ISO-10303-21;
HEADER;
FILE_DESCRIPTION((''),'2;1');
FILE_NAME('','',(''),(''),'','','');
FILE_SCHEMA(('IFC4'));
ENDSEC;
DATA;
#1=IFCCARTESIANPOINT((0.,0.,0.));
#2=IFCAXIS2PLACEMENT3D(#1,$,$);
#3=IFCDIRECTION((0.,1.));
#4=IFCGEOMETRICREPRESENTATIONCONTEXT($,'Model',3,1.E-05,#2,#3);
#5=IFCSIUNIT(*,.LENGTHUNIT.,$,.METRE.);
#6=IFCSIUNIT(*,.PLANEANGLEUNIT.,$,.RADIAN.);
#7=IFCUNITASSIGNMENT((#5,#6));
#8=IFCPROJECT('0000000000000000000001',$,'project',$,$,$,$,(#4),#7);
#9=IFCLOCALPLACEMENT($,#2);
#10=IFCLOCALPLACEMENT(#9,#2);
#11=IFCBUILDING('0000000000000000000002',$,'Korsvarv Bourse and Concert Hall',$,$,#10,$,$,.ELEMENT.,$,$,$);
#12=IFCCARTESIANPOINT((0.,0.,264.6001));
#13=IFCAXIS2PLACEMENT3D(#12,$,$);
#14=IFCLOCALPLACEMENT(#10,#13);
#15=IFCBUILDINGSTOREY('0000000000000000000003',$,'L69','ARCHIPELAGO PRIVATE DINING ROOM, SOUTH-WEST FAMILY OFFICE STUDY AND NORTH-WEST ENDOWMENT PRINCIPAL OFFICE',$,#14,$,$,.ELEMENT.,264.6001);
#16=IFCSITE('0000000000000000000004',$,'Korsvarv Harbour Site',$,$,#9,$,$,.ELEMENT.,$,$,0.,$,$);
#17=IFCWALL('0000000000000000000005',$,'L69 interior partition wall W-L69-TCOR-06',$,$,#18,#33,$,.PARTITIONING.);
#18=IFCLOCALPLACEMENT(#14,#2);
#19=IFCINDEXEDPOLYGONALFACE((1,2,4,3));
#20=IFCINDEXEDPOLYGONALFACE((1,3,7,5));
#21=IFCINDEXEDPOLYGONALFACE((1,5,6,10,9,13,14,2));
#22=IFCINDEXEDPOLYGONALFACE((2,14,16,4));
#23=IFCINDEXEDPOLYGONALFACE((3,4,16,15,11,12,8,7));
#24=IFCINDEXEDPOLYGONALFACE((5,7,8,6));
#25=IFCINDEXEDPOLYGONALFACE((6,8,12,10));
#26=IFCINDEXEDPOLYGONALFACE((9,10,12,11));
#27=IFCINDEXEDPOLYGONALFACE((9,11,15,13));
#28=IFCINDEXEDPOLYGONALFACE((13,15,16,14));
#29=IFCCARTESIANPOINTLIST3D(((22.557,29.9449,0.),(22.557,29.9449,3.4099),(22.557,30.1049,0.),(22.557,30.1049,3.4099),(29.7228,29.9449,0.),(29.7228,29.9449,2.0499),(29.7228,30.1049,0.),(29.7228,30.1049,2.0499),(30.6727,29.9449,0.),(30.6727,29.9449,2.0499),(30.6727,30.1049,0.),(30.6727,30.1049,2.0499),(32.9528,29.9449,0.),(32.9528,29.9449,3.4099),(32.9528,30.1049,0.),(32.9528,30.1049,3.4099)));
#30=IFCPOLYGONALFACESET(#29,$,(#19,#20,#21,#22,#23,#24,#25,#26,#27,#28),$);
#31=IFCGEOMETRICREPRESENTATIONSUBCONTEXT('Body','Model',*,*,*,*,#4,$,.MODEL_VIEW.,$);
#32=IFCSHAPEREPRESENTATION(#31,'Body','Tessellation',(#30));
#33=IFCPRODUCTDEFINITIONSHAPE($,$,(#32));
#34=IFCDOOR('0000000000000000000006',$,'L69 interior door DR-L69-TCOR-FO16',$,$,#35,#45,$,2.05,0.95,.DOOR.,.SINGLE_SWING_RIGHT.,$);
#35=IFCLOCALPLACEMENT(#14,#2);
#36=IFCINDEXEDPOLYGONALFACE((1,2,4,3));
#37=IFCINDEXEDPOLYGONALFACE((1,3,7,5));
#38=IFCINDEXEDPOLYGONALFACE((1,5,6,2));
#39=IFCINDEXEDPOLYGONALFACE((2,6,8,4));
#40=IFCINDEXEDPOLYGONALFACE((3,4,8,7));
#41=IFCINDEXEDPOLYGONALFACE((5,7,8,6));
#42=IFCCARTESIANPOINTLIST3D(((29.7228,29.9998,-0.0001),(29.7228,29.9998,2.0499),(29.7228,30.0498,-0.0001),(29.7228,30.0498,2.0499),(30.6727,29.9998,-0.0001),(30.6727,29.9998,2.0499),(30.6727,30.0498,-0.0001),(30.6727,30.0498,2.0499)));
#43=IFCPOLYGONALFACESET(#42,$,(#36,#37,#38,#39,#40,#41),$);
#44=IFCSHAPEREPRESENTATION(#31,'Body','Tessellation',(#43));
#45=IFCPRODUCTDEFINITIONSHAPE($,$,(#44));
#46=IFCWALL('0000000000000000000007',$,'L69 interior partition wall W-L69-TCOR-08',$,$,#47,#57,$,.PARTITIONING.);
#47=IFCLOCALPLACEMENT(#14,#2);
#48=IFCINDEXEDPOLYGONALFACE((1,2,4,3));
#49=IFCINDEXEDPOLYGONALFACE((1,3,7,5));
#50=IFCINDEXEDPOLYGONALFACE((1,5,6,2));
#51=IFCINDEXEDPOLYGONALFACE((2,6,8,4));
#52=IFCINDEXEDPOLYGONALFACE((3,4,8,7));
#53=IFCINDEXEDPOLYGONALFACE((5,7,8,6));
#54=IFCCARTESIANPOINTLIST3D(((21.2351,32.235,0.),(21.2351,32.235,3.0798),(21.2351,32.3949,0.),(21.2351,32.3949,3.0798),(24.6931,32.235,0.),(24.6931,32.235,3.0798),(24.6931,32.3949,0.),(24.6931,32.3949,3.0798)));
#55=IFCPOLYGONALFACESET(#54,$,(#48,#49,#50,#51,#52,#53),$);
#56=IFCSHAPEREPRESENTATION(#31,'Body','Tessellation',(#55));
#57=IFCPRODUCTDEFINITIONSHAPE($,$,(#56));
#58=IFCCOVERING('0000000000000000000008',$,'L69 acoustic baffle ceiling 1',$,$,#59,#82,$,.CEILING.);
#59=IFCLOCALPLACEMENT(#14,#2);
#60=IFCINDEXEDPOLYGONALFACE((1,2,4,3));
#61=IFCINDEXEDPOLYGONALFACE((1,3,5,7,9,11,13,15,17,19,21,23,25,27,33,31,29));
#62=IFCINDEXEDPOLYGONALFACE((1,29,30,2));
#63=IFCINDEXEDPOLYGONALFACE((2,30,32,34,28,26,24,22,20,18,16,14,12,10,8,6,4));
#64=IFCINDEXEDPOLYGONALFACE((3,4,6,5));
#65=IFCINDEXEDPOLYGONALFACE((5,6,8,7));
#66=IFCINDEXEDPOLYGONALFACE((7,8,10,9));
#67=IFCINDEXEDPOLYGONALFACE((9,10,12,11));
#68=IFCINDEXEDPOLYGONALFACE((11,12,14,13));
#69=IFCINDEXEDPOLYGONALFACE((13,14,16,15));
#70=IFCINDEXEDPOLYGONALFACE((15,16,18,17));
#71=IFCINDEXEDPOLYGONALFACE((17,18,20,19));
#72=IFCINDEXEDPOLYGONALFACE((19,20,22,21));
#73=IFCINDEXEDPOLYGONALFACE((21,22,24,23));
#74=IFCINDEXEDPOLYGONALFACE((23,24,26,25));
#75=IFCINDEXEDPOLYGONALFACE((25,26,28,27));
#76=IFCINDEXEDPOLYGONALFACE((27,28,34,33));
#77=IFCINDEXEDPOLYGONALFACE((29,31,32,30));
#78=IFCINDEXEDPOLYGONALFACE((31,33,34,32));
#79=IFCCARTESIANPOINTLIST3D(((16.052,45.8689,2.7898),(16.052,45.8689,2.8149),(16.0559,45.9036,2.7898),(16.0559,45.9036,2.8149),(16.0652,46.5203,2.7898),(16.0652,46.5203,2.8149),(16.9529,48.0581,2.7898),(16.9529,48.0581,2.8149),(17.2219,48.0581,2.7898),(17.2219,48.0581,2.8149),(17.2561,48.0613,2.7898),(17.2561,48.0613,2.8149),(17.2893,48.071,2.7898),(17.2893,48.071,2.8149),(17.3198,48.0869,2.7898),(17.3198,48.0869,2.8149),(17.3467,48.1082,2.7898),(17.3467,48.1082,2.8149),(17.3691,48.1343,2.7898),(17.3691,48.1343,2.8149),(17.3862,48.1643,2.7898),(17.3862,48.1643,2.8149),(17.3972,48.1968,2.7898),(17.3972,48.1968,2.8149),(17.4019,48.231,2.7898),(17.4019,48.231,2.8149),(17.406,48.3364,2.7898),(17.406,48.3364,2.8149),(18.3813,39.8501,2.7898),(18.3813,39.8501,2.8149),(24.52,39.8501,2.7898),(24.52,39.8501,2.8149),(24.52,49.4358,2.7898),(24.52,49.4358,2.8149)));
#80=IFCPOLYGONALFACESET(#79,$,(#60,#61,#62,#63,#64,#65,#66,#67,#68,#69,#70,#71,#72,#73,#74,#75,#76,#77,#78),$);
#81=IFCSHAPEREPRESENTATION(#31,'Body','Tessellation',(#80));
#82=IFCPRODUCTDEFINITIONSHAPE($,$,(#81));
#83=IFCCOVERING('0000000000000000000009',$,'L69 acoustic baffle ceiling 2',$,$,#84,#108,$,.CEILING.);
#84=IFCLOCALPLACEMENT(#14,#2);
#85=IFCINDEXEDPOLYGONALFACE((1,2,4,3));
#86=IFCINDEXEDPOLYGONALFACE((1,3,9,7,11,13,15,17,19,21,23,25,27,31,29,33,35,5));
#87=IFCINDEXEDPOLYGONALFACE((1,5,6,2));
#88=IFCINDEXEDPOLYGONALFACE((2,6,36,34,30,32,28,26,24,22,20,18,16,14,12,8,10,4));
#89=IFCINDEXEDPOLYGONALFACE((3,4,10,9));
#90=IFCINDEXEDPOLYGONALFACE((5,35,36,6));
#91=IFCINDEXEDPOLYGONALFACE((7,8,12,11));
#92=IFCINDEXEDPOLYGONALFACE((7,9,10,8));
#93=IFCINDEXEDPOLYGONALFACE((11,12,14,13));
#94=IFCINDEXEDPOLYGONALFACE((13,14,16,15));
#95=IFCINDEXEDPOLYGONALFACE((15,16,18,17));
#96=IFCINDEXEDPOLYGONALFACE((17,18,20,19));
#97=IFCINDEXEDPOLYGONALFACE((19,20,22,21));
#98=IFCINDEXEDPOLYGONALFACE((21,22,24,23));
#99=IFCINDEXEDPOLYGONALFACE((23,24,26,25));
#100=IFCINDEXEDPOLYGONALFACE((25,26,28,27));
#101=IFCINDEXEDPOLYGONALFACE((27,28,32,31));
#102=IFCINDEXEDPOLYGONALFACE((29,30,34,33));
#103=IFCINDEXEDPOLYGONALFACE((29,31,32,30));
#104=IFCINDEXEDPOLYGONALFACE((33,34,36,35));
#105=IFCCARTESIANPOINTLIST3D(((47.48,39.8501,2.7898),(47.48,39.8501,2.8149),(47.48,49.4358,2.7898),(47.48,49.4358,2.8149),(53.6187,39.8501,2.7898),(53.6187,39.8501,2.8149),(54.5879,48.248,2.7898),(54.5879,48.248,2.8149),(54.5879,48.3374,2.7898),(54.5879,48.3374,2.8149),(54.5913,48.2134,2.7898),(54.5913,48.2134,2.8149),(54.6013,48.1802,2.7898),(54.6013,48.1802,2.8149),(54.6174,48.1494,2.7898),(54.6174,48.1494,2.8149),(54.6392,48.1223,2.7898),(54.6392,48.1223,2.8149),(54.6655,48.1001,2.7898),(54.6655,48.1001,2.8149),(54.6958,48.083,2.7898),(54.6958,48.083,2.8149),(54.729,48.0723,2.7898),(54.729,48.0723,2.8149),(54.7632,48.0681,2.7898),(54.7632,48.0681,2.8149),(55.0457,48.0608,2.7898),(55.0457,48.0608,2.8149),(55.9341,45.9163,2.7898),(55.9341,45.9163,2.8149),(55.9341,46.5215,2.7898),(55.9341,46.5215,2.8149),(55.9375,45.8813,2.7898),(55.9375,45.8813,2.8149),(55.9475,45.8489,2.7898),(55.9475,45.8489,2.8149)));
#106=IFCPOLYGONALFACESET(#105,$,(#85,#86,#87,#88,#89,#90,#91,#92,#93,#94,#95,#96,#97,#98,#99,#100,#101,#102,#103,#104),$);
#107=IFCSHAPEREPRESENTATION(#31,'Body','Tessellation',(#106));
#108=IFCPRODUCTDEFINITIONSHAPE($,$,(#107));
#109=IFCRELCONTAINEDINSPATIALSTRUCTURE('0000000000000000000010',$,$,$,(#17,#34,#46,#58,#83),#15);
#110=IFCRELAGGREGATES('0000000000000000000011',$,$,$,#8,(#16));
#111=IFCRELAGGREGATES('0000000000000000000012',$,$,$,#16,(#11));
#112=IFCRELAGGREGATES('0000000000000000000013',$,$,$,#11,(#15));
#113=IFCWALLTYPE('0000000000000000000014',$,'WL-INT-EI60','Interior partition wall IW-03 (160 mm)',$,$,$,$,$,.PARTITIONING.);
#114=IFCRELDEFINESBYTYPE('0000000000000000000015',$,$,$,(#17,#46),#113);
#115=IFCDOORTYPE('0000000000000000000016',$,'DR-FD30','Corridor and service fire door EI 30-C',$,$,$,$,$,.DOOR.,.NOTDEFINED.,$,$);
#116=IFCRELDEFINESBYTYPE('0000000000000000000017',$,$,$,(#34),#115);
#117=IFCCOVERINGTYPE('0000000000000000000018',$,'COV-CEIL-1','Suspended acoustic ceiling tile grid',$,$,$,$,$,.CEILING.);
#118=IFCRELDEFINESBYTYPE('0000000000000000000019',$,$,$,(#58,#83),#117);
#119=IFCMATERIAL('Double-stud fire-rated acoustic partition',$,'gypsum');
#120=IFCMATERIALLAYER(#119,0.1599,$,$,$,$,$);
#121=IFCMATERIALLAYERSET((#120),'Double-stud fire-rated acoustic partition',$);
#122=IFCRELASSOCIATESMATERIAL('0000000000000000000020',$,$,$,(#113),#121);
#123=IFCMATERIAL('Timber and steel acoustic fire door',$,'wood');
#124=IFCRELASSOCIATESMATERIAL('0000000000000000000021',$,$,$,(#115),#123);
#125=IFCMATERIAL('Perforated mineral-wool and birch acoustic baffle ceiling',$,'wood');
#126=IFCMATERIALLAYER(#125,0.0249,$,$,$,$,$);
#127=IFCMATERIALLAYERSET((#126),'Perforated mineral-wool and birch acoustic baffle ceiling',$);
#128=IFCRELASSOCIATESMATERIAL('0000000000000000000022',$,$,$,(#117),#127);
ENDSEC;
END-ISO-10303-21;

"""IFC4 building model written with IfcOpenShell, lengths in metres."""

from ifc_helpers import new_model, si_unit, direction, frame, frame_2d, origin, place, context, subcontext, project, spatial, polyline, rectangle, outline, extrude, material, layer, layer_set, type_object, element, fill, save


model = new_model("IFC4")

# Units and contexts
model_context = context("Model", 3, precision=1e-05, world=origin(), true_north=direction((0.0, 1.0)))
body_context = subcontext(model_context, "Body", "Model", "MODEL_VIEW")
ifc_project = project(units=[si_unit("LENGTHUNIT", "METRE"), si_unit("PLANEANGLEUNIT", "RADIAN")], contexts=[model_context])

# Site, building, storey
site_placement = place(None, origin())
site = spatial("IfcSite", under=ifc_project, at=site_placement, Name="Korsvarv Harbour Site", CompositionType="ELEMENT", RefElevation=0.0)
building_placement = place(site_placement, origin())
building = spatial("IfcBuilding", under=site, at=building_placement, Name="Korsvarv Bourse and Concert Hall", CompositionType="ELEMENT")
storey_placement = place(building_placement, frame((0.0, 0.0, 264.6001)))
storey = spatial("IfcBuildingStorey", under=building, at=storey_placement, Name="L69", Description="ARCHIPELAGO PRIVATE DINING ROOM, SOUTH-WEST FAMILY OFFICE STUDY AND NORTH-WEST ENDOWMENT PRINCIPAL OFFICE", CompositionType="ELEMENT", Elevation=264.6001)

# Wall, opening, door
ifc_material_1 = material(Name="Double-stud fire-rated acoustic partition", Category="gypsum")
ifc_layer_1 = layer(ifc_material_1, 0.1599)
ifc_layer_set_1 = layer_set([ifc_layer_1], Name="Double-stud fire-rated acoustic partition")
wall_type = type_object("IfcWallType", Name="WL-INT-EI60", Description="Interior partition wall IW-03 (160 mm)", PredefinedType="PARTITIONING", material=ifc_layer_set_1)
wall_1_placement = place(storey_placement, frame((22.5571, 30.0249, 0.0), z_axis=(0.0, 0.0, 1.0), x_axis=(1.0, 0.0, 0.0)))
wall_1 = element("IfcWall", 1, at=wall_1_placement, inside=storey, type_object=wall_type, Name="L69 interior partition wall W-L69-TCOR-06", PredefinedType="PARTITIONING", context=body_context, shape_type="SweptSolid", body=[
    extrude(rectangle(XDim=10.3958, YDim=0.1599, at=frame_2d((5.1978, 0.0))), origin(), (0.0, 0.0, 1.0), 3.4099),
])
opening_placement = place(wall_1_placement, frame((7.1655, 0.0, 0.0)))
opening = element("IfcOpeningElement", 2, at=opening_placement, cuts=wall_1, PredefinedType="OPENING", context=body_context, shape_type="SweptSolid", body=[
    extrude(rectangle(XDim=0.95, YDim=2.05, at=frame_2d((0.4751, 1.0249))), frame((0.0, 0.0898, 0.0), z_axis=(0.0, -1.0, 0.0), x_axis=(1.0, 0.0, 0.0)), (0.0, 0.0, 1.0), 0.1799),
])
ifc_material_2 = material(Name="Timber and steel acoustic fire door", Category="wood")
door_type = type_object("IfcDoorType", Name="DR-FD30", Description="Corridor and service fire door EI 30-C", OperationType="NOTDEFINED", PredefinedType="DOOR", material=ifc_material_2)
door_placement = place(opening_placement, origin())
door = element("IfcDoor", 3, at=door_placement, inside=storey, type_object=door_type, Name="L69 interior door DR-L69-TCOR-FO16", OperationType="SINGLE_SWING_RIGHT", OverallHeight=2.05, OverallWidth=0.95, PredefinedType="DOOR", context=body_context, shape_type="SweptSolid", body=[
    extrude(rectangle(XDim=0.95, YDim=2.05, at=frame_2d((0.4751, 1.0249))), frame((0.0, 0.0249, 0.0), z_axis=(0.0, -1.0, 0.0), x_axis=(1.0, 0.0, 0.0)), (0.0, 0.0, 1.0), 0.05),
])
fill(opening, door)

# Wall
wall_2_placement = place(storey_placement, frame((21.2351, 32.3149, 0.0), z_axis=(0.0, 0.0, 1.0), x_axis=(1.0, 0.0, 0.0)))
element("IfcWall", 4, at=wall_2_placement, inside=storey, type_object=wall_type, Name="L69 interior partition wall W-L69-TCOR-08", PredefinedType="PARTITIONING", context=body_context, shape_type="SweptSolid", body=[
    extrude(rectangle(XDim=3.458, YDim=0.1599, at=frame_2d((1.729, 0.0))), origin(), (0.0, 0.0, 1.0), 3.0798),
])

# Coverings
ifc_material_3 = material(Name="Perforated mineral-wool and birch acoustic baffle ceiling", Category="wood")
ifc_layer_2 = layer(ifc_material_3, 0.0249)
ifc_layer_set_2 = layer_set([ifc_layer_2], Name="Perforated mineral-wool and birch acoustic baffle ceiling")
covering_type_1 = type_object("IfcCoveringType", Name="COV-CEIL-1", Description="Suspended acoustic ceiling tile grid", PredefinedType="CEILING", material=ifc_layer_set_2)
covering_1_placement = place(storey_placement, frame((0.0, 0.0, 2.7898)))
element("IfcCovering", 5, at=covering_1_placement, inside=storey, type_object=covering_type_1, Name="L69 acoustic baffle ceiling 1", PredefinedType="CEILING", context=body_context, shape_type="SweptSolid", body=[
    extrude(outline(polyline([(16.052, 45.8689), (16.0559, 45.9036), (16.0652, 46.5203), (16.9529, 48.0581), (17.2219, 48.0581), (17.2561, 48.0613), (17.2893, 48.071), (17.3198, 48.0869), (17.3467, 48.1082), (17.3691, 48.1343), (17.3862, 48.1643), (17.3972, 48.1968), (17.4019, 48.231), (17.406, 48.3364), (24.52, 49.4358), (24.52, 39.8501), (18.3813, 39.8501), (16.052, 45.8689)])), origin(), (0.0, 0.0, 1.0), 0.0251),
])
covering_2_placement = place(storey_placement, frame((0.0, 0.0, 2.7898)))
element("IfcCovering", 6, at=covering_2_placement, inside=storey, type_object=covering_type_1, Name="L69 acoustic baffle ceiling 2", PredefinedType="CEILING", context=body_context, shape_type="SweptSolid", body=[
    extrude(outline(polyline([(54.5879, 48.248), (54.5913, 48.2134), (54.6013, 48.1802), (54.6174, 48.1494), (54.6392, 48.1223), (54.6655, 48.1001), (54.6958, 48.083), (54.729, 48.0723), (54.7632, 48.0681), (55.0457, 48.0608), (55.9341, 46.5215), (55.9341, 45.9163), (55.9375, 45.8813), (55.9475, 45.8489), (53.6187, 39.8501), (47.48, 39.8501), (47.48, 49.4358), (54.5879, 48.3374), (54.5879, 48.248)])), origin(), (0.0, 0.0, 1.0), 0.0251),
])

save(model, "model.ifc")
